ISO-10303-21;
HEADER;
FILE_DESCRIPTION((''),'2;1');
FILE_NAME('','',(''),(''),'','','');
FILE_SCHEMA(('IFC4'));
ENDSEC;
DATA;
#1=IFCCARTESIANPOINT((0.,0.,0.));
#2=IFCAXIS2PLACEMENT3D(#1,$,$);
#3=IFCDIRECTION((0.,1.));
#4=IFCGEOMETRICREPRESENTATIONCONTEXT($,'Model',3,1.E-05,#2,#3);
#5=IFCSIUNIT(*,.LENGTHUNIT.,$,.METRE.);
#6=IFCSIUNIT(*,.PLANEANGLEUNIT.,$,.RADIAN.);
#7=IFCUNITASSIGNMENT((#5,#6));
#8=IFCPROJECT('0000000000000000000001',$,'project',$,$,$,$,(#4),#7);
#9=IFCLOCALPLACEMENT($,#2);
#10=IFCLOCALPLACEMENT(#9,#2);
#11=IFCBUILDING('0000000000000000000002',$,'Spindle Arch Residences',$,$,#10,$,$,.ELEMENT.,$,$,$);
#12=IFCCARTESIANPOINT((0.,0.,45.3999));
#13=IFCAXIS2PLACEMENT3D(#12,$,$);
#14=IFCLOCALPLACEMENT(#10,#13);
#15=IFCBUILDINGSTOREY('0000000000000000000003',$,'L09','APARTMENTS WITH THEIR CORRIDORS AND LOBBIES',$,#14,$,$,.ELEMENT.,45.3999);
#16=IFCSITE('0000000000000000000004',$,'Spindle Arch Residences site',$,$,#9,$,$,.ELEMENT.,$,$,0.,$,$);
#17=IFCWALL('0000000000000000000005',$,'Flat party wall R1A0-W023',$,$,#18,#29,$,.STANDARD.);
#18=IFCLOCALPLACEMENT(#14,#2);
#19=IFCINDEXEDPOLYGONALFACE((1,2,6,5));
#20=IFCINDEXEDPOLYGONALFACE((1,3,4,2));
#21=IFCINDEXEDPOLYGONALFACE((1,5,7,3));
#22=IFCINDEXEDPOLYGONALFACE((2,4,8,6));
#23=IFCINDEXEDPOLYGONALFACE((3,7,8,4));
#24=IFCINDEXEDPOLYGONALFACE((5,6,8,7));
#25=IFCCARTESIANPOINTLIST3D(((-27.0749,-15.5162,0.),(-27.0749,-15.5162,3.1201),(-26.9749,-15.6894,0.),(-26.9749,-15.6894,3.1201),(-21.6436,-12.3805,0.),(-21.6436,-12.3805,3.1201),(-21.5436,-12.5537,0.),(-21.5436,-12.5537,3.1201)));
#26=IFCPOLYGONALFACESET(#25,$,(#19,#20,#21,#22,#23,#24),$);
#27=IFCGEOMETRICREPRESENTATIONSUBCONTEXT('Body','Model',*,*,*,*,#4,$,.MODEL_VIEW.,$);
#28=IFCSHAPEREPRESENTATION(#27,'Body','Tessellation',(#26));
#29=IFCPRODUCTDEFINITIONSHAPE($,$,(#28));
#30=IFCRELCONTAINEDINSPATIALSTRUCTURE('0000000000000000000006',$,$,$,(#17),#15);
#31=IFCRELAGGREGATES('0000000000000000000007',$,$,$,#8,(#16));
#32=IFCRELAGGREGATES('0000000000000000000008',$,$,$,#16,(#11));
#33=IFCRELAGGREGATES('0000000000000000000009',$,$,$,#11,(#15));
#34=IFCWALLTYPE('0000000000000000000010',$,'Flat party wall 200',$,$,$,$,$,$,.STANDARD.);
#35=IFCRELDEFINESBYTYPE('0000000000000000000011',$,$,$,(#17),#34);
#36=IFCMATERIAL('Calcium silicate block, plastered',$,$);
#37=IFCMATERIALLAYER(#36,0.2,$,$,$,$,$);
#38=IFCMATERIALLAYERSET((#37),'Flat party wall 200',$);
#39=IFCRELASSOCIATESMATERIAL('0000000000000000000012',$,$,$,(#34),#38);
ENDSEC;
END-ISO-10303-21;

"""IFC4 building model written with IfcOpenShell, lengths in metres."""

from ifc_helpers import new_model, si_unit, direction, frame, frame_2d, origin, place, context, subcontext, project, spatial, rectangle, extrude, material, layer, layer_set, type_object, element, save


model = new_model("IFC4")

# Units and contexts
model_context = context("Model", 3, precision=1e-05, world=origin(), true_north=direction((0.0, 1.0)))
body_context = subcontext(model_context, "Body", "Model", "MODEL_VIEW")
ifc_project = project(units=[si_unit("LENGTHUNIT", "METRE"), si_unit("PLANEANGLEUNIT", "RADIAN")], contexts=[model_context])

# Site, building, storey
site_placement = place(None, origin())
site = spatial("IfcSite", under=ifc_project, at=site_placement, Name="Spindle Arch Residences site", CompositionType="ELEMENT", RefElevation=0.0)
building_placement = place(site_placement, origin())
building = spatial("IfcBuilding", under=site, at=building_placement, Name="Spindle Arch Residences", CompositionType="ELEMENT")
storey_placement = place(building_placement, frame((0.0, 0.0, 45.3999)))
storey = spatial("IfcBuildingStorey", under=building, at=storey_placement, Name="L09", Description="APARTMENTS WITH THEIR CORRIDORS AND LOBBIES", CompositionType="ELEMENT", Elevation=45.3999)

# Wall
ifc_material_1 = material(Name="Calcium silicate block, plastered")
ifc_layer_1 = layer(ifc_material_1, 0.2)
ifc_layer_set_1 = layer_set([ifc_layer_1], Name="Flat party wall 200")
wall_type_1 = type_object("IfcWallType", Name="Flat party wall 200", PredefinedType="STANDARD", material=ifc_layer_set_1)
wall_1_placement = place(storey_placement, frame((-27.0249, -15.6028, 0.0), z_axis=(0.0, 0.0, 1.0), x_axis=(0.866031, 0.499991, 0.0)))
element("IfcWall", 1, at=wall_1_placement, inside=storey, type_object=wall_type_1, Name="Flat party wall R1A0-W023", PredefinedType="STANDARD", context=body_context, shape_type="SweptSolid", body=[
    extrude(rectangle(XDim=6.2715, YDim=0.2, at=frame_2d((3.1357, 0.0))), origin(), (0.0, 0.0, 1.0), 3.1201),
])

save(model, "model.ifc")
